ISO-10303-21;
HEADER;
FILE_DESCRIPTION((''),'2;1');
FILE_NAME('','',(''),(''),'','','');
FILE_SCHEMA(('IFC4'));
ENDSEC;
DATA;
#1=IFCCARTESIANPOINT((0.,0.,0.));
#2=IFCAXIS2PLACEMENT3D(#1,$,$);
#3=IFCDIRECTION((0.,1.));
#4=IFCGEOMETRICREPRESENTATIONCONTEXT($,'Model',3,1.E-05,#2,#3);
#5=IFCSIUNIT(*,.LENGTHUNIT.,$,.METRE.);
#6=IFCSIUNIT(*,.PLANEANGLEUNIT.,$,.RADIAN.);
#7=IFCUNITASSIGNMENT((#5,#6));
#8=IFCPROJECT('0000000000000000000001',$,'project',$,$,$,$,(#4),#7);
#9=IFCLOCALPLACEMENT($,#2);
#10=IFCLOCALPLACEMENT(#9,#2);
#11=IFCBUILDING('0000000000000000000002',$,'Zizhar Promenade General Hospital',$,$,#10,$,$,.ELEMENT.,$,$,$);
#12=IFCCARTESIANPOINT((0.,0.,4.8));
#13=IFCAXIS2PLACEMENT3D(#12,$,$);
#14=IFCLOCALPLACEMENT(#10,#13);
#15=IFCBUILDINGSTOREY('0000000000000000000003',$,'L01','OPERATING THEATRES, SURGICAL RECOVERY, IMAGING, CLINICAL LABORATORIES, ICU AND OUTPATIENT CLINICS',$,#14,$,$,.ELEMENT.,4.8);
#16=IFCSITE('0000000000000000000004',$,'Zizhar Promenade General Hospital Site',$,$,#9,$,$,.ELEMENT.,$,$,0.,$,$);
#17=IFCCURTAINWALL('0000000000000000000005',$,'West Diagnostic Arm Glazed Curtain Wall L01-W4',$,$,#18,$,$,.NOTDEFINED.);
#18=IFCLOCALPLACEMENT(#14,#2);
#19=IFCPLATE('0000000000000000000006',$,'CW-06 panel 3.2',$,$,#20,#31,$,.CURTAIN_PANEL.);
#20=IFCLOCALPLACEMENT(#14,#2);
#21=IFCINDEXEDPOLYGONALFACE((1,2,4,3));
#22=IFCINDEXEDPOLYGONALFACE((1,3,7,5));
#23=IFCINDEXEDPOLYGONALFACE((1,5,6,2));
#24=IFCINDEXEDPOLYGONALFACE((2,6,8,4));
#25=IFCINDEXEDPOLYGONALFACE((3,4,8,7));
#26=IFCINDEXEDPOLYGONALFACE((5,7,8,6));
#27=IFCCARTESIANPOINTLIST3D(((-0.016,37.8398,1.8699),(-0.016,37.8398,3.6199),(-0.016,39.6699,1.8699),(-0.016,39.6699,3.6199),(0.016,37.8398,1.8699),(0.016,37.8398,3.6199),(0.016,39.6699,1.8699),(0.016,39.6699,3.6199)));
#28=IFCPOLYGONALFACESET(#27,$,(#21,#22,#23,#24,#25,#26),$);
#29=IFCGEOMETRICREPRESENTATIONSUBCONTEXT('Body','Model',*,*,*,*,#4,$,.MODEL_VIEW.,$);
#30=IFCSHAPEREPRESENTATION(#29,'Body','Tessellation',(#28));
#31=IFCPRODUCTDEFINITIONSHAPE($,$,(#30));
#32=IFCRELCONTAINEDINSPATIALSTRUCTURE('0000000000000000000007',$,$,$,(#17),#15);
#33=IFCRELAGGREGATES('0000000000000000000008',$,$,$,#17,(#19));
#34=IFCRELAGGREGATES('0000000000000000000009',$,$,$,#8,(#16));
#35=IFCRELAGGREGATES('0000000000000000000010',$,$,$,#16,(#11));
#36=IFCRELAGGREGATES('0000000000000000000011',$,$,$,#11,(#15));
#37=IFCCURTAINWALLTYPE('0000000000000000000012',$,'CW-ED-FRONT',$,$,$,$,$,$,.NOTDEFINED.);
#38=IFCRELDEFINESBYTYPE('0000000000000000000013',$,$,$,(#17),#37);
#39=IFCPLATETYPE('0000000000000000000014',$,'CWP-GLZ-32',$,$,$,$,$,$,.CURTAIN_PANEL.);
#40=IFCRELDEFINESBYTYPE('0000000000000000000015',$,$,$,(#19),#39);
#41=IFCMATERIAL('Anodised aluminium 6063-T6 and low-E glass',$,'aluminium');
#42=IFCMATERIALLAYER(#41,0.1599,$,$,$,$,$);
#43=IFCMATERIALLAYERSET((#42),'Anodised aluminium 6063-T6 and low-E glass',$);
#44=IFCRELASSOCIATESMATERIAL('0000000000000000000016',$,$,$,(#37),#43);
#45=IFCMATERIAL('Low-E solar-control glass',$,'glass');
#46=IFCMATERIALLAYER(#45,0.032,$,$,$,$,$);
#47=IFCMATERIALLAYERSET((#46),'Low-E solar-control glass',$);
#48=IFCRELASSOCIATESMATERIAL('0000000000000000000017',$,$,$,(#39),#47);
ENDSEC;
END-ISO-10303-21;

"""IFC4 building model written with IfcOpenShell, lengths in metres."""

from ifc_helpers import new_model, si_unit, direction, frame, origin, origin_2d, place, context, subcontext, project, spatial, rectangle, extrude, material, layer, layer_set, type_object, element, aggregate, save


model = new_model("IFC4")

# Units and contexts
model_context = context("Model", 3, precision=1e-05, world=origin(), true_north=direction((0.0, 1.0)))
body_context = subcontext(model_context, "Body", "Model", "MODEL_VIEW")
ifc_project = project(units=[si_unit("LENGTHUNIT", "METRE"), si_unit("PLANEANGLEUNIT", "RADIAN")], contexts=[model_context])

# Site, building, storey
site_placement = place(None, origin())
site = spatial("IfcSite", under=ifc_project, at=site_placement, Name="Zizhar Promenade General Hospital Site", CompositionType="ELEMENT", RefElevation=0.0)
building_placement = place(site_placement, origin())
building = spatial("IfcBuilding", under=site, at=building_placement, Name="Zizhar Promenade General Hospital", CompositionType="ELEMENT")
storey_placement = place(building_placement, frame((0.0, 0.0, 4.8)))
storey = spatial("IfcBuildingStorey", under=building, at=storey_placement, Name="L01", Description="OPERATING THEATRES, SURGICAL RECOVERY, IMAGING, CLINICAL LABORATORIES, ICU AND OUTPATIENT CLINICS", CompositionType="ELEMENT", Elevation=4.8)

# Shared definitions
ifc_material_1 = material(Name="Anodised aluminium 6063-T6 and low-E glass", Category="aluminium")
ifc_layer_1 = layer(ifc_material_1, 0.1599)
ifc_layer_set_1 = layer_set([ifc_layer_1], Name="Anodised aluminium 6063-T6 and low-E glass")
curtain_wall_type = type_object("IfcCurtainWallType", Name="CW-ED-FRONT", PredefinedType="NOTDEFINED", material=ifc_layer_set_1)

# Curtain wall
curtain_wall_1_placement = place(storey_placement, origin())
curtain_wall_1 = element("IfcCurtainWall", 1, at=curtain_wall_1_placement, inside=storey, type_object=curtain_wall_type, Name="West Diagnostic Arm Glazed Curtain Wall L01-W4", PredefinedType="NOTDEFINED")

# Plate
ifc_material_2 = material(Name="Low-E solar-control glass", Category="glass")
ifc_layer_2 = layer(ifc_material_2, 0.032)
ifc_layer_set_2 = layer_set([ifc_layer_2], Name="Low-E solar-control glass")
plate_type = type_object("IfcPlateType", Name="CWP-GLZ-32", PredefinedType="CURTAIN_PANEL", material=ifc_layer_set_2)
plate_1_placement = place(storey_placement, frame((0.0, 38.7549, 1.8699), z_axis=(0.0, 0.0, 1.0), x_axis=(0.0, 1.0, 0.0)))
plate_1 = element("IfcPlate", 2, at=plate_1_placement, type_object=plate_type, Name="CW-06 panel 3.2", PredefinedType="CURTAIN_PANEL", context=body_context, shape_type="SweptSolid", body=[
    extrude(rectangle(XDim=1.8301, YDim=0.032, at=origin_2d()), origin(), (0.0, 0.0, 1.0), 1.75),
])
aggregate(curtain_wall_1, [plate_1])

save(model, "model.ifc")
